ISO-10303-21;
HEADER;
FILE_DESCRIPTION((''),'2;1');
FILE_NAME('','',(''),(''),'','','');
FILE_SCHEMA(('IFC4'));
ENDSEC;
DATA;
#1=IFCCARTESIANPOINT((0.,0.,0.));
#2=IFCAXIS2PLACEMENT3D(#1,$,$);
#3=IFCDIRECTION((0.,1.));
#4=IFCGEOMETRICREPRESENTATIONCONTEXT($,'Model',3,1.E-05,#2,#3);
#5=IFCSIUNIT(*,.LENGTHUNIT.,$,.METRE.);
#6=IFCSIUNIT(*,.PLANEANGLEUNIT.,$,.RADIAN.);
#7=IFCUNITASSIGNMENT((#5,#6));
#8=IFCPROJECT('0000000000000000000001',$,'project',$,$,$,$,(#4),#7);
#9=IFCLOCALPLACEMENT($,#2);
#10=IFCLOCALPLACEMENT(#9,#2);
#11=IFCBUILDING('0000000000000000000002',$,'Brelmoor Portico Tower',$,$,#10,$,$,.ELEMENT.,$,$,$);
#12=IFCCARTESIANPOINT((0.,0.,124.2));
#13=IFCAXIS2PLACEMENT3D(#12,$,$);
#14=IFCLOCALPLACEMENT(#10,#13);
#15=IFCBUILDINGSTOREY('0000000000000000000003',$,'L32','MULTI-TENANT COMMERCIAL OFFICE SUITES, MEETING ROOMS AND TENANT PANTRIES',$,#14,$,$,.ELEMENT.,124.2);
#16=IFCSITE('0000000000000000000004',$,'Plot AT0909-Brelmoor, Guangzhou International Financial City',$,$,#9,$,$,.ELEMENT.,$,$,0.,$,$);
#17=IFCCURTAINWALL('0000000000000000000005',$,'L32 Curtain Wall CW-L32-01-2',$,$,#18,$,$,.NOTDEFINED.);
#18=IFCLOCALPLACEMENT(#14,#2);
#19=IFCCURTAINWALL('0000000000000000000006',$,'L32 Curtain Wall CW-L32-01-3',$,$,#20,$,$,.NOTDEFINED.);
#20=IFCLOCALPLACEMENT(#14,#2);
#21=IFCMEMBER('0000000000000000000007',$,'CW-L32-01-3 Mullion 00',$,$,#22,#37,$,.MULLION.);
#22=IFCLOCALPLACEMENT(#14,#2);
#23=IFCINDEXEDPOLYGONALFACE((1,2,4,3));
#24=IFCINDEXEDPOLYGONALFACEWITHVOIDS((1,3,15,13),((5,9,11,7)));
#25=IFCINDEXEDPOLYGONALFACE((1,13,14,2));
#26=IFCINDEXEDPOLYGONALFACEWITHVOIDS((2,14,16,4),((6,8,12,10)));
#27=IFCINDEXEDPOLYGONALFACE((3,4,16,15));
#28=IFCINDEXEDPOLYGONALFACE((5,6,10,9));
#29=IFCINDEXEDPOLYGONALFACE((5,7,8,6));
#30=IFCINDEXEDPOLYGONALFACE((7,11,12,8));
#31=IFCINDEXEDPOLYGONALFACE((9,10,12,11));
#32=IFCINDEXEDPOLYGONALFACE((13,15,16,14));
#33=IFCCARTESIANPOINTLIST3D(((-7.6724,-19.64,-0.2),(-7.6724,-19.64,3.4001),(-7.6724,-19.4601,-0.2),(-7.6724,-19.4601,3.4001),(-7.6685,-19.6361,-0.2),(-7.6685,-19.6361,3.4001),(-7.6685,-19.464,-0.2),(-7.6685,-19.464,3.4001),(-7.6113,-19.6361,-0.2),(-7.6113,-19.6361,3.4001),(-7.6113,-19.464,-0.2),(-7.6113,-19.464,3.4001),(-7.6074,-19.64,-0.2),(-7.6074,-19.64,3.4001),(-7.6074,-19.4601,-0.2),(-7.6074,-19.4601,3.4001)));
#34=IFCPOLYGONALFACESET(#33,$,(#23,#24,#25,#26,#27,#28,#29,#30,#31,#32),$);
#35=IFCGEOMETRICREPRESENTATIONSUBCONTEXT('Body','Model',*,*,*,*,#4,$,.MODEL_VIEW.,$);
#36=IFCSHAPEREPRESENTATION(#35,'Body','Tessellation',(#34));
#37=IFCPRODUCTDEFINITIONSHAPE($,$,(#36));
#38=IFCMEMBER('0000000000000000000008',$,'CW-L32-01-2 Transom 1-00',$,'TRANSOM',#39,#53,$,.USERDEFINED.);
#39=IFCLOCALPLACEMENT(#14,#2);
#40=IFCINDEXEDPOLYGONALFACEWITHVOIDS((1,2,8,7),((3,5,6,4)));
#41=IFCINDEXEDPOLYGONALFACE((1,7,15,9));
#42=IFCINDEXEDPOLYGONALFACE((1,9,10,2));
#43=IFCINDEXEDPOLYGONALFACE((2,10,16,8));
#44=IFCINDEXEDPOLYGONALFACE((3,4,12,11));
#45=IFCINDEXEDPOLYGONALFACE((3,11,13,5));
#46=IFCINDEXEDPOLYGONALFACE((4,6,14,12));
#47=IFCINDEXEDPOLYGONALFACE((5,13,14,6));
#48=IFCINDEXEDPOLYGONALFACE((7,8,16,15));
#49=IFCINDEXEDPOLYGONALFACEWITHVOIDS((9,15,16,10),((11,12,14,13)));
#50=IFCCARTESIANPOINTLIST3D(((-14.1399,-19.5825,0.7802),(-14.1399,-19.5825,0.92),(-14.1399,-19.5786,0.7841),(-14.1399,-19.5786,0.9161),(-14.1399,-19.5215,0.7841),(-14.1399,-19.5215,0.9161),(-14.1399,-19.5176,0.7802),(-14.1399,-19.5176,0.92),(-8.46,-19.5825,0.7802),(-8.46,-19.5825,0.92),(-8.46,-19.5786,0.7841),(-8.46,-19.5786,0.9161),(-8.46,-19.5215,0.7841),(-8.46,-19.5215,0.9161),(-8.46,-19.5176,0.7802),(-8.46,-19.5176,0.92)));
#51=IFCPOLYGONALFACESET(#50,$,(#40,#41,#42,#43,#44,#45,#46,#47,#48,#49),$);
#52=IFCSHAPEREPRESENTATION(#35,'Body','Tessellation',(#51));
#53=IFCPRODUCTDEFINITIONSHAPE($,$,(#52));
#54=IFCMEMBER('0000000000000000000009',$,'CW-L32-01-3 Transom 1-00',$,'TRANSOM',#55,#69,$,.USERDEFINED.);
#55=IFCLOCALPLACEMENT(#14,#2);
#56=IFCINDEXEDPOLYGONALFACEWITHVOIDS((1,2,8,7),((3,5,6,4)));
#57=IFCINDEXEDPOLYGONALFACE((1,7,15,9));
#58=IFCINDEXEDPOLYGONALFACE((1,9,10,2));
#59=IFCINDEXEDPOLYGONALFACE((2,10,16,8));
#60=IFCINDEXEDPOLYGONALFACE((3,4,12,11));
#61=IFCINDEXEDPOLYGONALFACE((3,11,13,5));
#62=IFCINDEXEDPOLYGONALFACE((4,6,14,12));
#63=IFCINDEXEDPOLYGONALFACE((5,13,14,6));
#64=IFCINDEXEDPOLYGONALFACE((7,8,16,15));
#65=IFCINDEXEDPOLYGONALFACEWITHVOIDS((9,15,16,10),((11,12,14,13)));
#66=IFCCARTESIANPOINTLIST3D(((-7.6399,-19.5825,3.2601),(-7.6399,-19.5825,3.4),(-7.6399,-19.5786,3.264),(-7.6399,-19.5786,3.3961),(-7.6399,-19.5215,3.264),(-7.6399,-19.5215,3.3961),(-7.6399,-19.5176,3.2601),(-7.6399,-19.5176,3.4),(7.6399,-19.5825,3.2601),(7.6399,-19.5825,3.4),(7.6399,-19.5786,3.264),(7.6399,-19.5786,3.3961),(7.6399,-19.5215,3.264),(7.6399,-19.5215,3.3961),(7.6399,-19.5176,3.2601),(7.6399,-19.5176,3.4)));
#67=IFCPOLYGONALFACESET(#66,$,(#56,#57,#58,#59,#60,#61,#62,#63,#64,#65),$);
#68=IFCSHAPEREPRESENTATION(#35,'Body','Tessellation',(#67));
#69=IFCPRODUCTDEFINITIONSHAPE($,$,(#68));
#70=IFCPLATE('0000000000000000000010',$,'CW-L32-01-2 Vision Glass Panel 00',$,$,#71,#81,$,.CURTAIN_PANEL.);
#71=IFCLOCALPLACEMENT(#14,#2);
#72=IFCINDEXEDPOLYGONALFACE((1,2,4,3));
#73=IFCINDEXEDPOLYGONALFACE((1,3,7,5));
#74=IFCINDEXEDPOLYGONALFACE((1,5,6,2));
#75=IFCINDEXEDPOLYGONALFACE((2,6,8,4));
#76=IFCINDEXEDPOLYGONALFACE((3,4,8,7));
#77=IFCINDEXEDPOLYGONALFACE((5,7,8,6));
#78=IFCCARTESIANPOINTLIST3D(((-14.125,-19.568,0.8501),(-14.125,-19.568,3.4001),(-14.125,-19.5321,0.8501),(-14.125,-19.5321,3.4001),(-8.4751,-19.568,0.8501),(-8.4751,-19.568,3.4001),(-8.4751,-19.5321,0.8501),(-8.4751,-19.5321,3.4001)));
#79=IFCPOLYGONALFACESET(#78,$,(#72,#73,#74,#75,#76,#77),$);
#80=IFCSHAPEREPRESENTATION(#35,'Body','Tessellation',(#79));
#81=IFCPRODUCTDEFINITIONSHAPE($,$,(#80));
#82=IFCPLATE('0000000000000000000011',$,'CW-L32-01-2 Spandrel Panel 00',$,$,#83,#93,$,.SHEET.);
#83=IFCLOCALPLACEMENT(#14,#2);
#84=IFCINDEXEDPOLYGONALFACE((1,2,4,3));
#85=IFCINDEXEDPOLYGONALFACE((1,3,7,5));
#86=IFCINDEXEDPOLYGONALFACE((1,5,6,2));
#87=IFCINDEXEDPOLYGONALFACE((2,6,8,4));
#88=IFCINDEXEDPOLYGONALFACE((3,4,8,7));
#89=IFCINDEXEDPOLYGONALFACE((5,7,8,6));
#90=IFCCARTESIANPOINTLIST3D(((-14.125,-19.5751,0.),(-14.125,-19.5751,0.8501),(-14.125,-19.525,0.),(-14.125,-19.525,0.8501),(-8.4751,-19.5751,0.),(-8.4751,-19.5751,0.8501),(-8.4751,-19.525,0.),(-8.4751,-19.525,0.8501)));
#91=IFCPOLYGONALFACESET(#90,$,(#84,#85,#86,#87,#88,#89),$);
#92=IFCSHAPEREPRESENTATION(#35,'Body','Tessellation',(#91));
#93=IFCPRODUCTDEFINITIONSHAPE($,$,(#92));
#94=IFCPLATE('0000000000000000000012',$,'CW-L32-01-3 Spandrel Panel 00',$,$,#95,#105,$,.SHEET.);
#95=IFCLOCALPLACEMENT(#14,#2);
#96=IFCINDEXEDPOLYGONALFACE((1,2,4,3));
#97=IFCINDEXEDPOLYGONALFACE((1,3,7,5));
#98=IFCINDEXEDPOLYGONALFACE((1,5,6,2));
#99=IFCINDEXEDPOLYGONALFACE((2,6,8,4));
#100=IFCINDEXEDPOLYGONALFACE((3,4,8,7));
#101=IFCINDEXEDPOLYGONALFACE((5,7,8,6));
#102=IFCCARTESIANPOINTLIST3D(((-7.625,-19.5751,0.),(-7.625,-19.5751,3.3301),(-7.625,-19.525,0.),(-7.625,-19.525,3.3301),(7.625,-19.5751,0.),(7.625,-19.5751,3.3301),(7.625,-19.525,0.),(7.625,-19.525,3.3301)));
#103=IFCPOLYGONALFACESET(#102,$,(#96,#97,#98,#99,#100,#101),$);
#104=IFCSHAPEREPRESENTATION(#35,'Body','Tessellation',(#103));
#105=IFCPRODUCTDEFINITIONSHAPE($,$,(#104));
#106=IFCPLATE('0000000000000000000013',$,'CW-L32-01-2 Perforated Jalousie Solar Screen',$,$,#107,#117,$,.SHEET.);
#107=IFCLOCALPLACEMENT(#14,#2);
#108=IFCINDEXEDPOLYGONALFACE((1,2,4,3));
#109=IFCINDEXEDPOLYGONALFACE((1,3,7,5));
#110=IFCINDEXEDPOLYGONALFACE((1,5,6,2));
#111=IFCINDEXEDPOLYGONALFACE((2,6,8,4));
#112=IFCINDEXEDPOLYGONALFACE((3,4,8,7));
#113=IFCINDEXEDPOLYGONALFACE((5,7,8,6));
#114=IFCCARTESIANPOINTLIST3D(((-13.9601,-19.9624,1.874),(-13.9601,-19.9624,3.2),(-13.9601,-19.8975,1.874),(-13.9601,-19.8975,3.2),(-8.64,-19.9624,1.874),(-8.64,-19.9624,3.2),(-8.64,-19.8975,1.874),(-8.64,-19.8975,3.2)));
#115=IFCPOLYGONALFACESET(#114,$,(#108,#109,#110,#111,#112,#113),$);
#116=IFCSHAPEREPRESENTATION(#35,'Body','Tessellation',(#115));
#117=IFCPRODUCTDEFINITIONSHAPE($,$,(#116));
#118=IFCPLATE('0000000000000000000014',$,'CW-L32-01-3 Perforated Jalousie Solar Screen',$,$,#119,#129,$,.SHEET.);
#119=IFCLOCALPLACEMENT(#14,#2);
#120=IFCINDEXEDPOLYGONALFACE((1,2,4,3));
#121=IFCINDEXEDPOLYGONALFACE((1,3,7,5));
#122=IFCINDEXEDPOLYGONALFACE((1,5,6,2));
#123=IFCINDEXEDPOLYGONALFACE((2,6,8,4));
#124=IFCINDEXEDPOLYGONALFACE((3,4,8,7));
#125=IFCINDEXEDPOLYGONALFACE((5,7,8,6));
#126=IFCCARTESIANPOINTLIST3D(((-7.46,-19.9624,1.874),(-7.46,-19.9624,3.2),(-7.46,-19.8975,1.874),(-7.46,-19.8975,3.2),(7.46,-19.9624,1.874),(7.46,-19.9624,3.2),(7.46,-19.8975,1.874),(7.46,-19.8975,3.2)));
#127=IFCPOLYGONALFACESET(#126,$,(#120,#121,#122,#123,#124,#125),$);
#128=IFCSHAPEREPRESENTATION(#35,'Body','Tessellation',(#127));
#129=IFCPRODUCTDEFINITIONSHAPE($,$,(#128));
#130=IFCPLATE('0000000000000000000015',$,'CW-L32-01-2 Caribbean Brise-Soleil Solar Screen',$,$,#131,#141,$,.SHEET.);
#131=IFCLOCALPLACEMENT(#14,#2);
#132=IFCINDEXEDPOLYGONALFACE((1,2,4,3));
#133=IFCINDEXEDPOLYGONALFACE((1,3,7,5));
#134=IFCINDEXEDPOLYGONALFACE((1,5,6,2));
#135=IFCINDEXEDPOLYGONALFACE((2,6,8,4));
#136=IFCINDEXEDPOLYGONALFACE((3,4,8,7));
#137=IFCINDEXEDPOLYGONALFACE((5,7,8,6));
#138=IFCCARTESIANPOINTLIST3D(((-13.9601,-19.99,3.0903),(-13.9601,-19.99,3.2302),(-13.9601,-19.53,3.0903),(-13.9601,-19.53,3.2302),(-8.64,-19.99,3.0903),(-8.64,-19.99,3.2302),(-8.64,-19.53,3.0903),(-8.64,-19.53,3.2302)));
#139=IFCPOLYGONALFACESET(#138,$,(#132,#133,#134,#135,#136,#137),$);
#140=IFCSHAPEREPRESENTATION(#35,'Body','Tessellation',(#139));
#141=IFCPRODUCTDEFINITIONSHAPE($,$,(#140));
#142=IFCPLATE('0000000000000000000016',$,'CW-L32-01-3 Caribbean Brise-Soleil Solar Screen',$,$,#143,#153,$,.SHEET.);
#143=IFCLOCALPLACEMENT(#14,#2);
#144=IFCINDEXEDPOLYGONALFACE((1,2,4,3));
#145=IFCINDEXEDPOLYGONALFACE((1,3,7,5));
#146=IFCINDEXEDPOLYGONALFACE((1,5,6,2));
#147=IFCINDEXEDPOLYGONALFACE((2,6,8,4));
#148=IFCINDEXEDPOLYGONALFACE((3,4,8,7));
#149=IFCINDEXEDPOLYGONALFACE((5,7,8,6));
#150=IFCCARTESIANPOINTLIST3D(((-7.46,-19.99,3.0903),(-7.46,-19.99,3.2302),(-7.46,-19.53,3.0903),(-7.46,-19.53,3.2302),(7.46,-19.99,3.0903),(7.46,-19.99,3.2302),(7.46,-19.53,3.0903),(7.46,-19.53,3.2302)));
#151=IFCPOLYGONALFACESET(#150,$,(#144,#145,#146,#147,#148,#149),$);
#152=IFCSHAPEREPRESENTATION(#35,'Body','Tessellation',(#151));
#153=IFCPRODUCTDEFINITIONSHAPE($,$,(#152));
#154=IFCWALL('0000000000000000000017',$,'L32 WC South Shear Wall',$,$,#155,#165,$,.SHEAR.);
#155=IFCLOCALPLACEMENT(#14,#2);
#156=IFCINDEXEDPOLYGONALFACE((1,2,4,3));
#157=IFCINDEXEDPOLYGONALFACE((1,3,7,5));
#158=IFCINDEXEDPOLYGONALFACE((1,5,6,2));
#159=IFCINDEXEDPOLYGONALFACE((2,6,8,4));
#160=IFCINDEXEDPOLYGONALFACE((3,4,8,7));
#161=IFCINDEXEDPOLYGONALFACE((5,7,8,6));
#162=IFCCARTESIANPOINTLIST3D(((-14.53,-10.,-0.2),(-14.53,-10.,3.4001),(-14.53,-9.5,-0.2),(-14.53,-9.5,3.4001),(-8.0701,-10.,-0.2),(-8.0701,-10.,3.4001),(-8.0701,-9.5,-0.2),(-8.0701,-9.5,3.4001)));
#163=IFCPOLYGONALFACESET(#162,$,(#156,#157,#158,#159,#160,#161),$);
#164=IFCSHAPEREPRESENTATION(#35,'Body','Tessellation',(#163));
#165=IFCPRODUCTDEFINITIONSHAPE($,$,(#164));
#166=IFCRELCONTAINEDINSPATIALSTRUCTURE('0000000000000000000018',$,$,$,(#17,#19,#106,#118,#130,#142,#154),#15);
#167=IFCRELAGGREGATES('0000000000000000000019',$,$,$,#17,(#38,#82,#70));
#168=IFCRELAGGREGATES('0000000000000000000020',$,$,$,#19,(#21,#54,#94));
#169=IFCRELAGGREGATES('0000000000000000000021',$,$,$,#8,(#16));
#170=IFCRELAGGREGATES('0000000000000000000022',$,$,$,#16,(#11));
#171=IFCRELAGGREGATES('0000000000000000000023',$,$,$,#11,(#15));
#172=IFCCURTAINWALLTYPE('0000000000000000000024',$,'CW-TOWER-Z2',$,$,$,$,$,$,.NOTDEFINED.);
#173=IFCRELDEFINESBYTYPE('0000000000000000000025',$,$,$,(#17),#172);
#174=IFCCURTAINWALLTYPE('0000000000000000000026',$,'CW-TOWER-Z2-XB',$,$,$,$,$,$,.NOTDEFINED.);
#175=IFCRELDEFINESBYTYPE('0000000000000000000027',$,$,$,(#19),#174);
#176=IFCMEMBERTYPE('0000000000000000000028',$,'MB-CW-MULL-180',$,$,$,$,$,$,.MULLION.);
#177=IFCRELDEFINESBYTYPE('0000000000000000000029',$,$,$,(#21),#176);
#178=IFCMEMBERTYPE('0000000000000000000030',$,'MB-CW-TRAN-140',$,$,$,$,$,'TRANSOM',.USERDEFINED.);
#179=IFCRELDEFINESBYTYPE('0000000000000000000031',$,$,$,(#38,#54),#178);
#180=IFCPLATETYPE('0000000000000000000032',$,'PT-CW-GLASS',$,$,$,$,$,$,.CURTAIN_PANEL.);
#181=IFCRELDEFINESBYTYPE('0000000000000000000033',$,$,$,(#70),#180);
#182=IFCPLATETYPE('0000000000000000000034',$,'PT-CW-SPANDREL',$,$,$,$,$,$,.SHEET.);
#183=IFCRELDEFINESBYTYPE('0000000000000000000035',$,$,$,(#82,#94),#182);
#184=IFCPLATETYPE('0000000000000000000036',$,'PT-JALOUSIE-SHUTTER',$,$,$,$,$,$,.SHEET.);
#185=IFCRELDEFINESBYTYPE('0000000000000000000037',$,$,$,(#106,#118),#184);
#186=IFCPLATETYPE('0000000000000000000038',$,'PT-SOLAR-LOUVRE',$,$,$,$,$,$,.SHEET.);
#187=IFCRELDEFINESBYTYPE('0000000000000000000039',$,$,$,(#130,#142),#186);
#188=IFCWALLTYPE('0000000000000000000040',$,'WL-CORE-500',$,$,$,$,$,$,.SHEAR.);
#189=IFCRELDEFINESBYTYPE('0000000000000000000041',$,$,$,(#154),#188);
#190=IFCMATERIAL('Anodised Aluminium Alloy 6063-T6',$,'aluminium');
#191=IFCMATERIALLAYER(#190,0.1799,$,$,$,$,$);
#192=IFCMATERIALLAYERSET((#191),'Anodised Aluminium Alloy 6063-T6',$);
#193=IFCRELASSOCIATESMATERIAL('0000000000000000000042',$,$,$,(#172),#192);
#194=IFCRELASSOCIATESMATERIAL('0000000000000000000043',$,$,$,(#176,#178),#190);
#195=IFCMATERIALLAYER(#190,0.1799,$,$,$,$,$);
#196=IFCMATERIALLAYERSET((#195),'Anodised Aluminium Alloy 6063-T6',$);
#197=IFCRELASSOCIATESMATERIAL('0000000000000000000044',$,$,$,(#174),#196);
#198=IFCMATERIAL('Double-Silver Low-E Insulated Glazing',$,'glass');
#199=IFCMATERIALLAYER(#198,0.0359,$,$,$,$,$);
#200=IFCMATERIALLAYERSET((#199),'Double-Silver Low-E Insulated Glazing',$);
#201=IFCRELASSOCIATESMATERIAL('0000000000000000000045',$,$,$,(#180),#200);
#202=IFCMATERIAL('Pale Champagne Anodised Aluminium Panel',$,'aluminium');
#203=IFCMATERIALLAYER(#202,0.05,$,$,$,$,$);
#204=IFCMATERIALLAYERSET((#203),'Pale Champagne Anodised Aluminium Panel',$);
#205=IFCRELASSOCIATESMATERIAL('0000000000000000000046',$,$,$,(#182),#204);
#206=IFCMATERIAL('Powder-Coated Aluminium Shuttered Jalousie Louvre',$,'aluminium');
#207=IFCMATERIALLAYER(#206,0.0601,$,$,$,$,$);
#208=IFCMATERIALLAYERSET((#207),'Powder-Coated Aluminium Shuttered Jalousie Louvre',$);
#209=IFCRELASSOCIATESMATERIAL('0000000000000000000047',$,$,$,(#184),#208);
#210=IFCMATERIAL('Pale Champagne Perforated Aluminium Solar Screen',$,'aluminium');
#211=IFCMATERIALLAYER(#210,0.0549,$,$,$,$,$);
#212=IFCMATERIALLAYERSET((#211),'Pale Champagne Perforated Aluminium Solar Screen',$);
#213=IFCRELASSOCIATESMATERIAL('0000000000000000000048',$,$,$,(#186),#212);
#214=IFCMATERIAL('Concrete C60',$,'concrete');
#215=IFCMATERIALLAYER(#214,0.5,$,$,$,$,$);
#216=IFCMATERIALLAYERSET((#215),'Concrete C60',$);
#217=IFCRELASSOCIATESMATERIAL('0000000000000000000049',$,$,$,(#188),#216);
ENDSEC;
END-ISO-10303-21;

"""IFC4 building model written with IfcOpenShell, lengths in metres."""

from ifc_helpers import new_model, si_unit, direction, frame, frame_2d, origin, origin_2d, place, context, subcontext, project, spatial, rectangle, hollow_rectangle, extrude, material, layer, layer_set, material_profile, profile_set, type_object, element, aggregate, save


model = new_model("IFC4")

# Units and contexts
model_context = context("Model", 3, precision=1e-05, world=origin(), true_north=direction((0.0, 1.0)))
body_context = subcontext(model_context, "Body", "Model", "MODEL_VIEW")
ifc_project = project(units=[si_unit("LENGTHUNIT", "METRE"), si_unit("PLANEANGLEUNIT", "RADIAN")], contexts=[model_context])

# Site, building, storey
site_placement = place(None, origin())
site = spatial("IfcSite", under=ifc_project, at=site_placement, Name="Plot AT0909-Brelmoor, Guangzhou International Financial City", CompositionType="ELEMENT", RefElevation=0.0)
building_placement = place(site_placement, origin())
building = spatial("IfcBuilding", under=site, at=building_placement, Name="Brelmoor Portico Tower", CompositionType="ELEMENT")
storey_placement = place(building_placement, frame((0.0, 0.0, 124.2)))
storey = spatial("IfcBuildingStorey", under=building, at=storey_placement, Name="L32", Description="MULTI-TENANT COMMERCIAL OFFICE SUITES, MEETING ROOMS AND TENANT PANTRIES", CompositionType="ELEMENT", Elevation=124.2)

# Curtain wall
ifc_material_1 = material(Name="Anodised Aluminium Alloy 6063-T6", Category="aluminium")
ifc_layer_1 = layer(ifc_material_1, 0.1799)
ifc_layer_set_1 = layer_set([ifc_layer_1], Name="Anodised Aluminium Alloy 6063-T6")
curtain_wall_type_1 = type_object("IfcCurtainWallType", Name="CW-TOWER-Z2", PredefinedType="NOTDEFINED", material=ifc_layer_set_1)
curtain_wall_1_placement = place(storey_placement, origin())
curtain_wall_1 = element("IfcCurtainWall", 1, at=curtain_wall_1_placement, inside=storey, type_object=curtain_wall_type_1, Name="L32 Curtain Wall CW-L32-01-2", PredefinedType="NOTDEFINED")
ifc_material_profile_1 = material_profile(ifc_material_1, hollow_rectangle(XDim=0.0649, YDim=0.1799, WallThickness=0.0039, at=origin_2d()), Name="ALU MULLION 65x180")
ifc_profile_set_1 = profile_set([ifc_material_profile_1], Name="Anodised Aluminium Alloy 6063-T6")
member_type_1 = type_object("IfcMemberType", Name="MB-CW-MULL-180", PredefinedType="MULLION", material=ifc_profile_set_1)

# Curtain wall, member
ifc_layer_2 = layer(ifc_material_1, 0.1799)
ifc_layer_set_2 = layer_set([ifc_layer_2], Name="Anodised Aluminium Alloy 6063-T6")
curtain_wall_type_2 = type_object("IfcCurtainWallType", Name="CW-TOWER-Z2-XB", PredefinedType="NOTDEFINED", material=ifc_layer_set_2)
curtain_wall_2_placement = place(storey_placement, origin())
curtain_wall_2 = element("IfcCurtainWall", 2, at=curtain_wall_2_placement, inside=storey, type_object=curtain_wall_type_2, Name="L32 Curtain Wall CW-L32-01-3", PredefinedType="NOTDEFINED")
member_1_placement = place(storey_placement, frame((-7.6399, -19.55, -0.2), z_axis=(0.0, 0.0, 1.0), x_axis=(1.0, 0.0, 0.0)))
member_1 = element("IfcMember", 3, at=member_1_placement, type_object=member_type_1, Name="CW-L32-01-3 Mullion 00", PredefinedType="MULLION", context=body_context, shape_type="SweptSolid", body=[
    extrude(hollow_rectangle(XDim=0.0649, YDim=0.1799, WallThickness=0.0039, at=origin_2d()), origin(), (0.0, 0.0, 1.0), 3.6001),
])

# Members
ifc_material_profile_2 = material_profile(ifc_material_1, hollow_rectangle(XDim=0.0649, YDim=0.1399, WallThickness=0.0039, at=origin_2d()), Name="ALU TRANSOM 65x140")
ifc_profile_set_2 = profile_set([ifc_material_profile_2], Name="Anodised Aluminium Alloy 6063-T6")
member_type_2 = type_object("IfcMemberType", Name="MB-CW-TRAN-140", ElementType="TRANSOM", PredefinedType="USERDEFINED", material=ifc_profile_set_2)
member_2_placement = place(storey_placement, frame((-14.1399, -19.55, 0.8501), z_axis=(1.0, 0.0, 0.0), x_axis=(0.0, 1.0, 0.0)))
member_2 = element("IfcMember", 4, at=member_2_placement, type_object=member_type_2, Name="CW-L32-01-2 Transom 1-00", ObjectType="TRANSOM", PredefinedType="USERDEFINED", context=body_context, shape_type="SweptSolid", body=[
    extrude(hollow_rectangle(XDim=0.0649, YDim=0.1399, WallThickness=0.0039, at=origin_2d()), origin(), (0.0, 0.0, 1.0), 5.6799),
])
member_3_placement = place(storey_placement, frame((-7.6399, -19.55, 3.3301), z_axis=(1.0, 0.0, 0.0), x_axis=(0.0, 1.0, 0.0)))
member_3 = element("IfcMember", 5, at=member_3_placement, type_object=member_type_2, Name="CW-L32-01-3 Transom 1-00", ObjectType="TRANSOM", PredefinedType="USERDEFINED", context=body_context, shape_type="SweptSolid", body=[
    extrude(hollow_rectangle(XDim=0.0649, YDim=0.1399, WallThickness=0.0039, at=origin_2d()), origin(), (0.0, 0.0, 1.0), 15.2798),
])

# Plates
ifc_material_2 = material(Name="Double-Silver Low-E Insulated Glazing", Category="glass")
ifc_layer_3 = layer(ifc_material_2, 0.0359)
ifc_layer_set_3 = layer_set([ifc_layer_3], Name="Double-Silver Low-E Insulated Glazing")
plate_type_1 = type_object("IfcPlateType", Name="PT-CW-GLASS", PredefinedType="CURTAIN_PANEL", material=ifc_layer_set_3)
plate_1_placement = place(storey_placement, frame((-11.3, -19.55, 0.8501), z_axis=(0.0, 0.0, 1.0), x_axis=(1.0, 0.0, 0.0)))
plate_1 = element("IfcPlate", 6, at=plate_1_placement, type_object=plate_type_1, Name="CW-L32-01-2 Vision Glass Panel 00", PredefinedType="CURTAIN_PANEL", context=body_context, shape_type="SweptSolid", body=[
    extrude(rectangle(XDim=5.6499, YDim=0.0359, at=origin_2d()), origin(), (0.0, 0.0, 1.0), 2.55),
])
ifc_material_3 = material(Name="Pale Champagne Anodised Aluminium Panel", Category="aluminium")
ifc_layer_4 = layer(ifc_material_3, 0.05)
ifc_layer_set_4 = layer_set([ifc_layer_4], Name="Pale Champagne Anodised Aluminium Panel")
plate_type_2 = type_object("IfcPlateType", Name="PT-CW-SPANDREL", PredefinedType="SHEET", material=ifc_layer_set_4)
plate_2_placement = place(storey_placement, frame((-11.3, -19.55, 0.0), z_axis=(0.0, 0.0, 1.0), x_axis=(1.0, 0.0, 0.0)))
plate_2 = element("IfcPlate", 7, at=plate_2_placement, type_object=plate_type_2, Name="CW-L32-01-2 Spandrel Panel 00", PredefinedType="SHEET", context=body_context, shape_type="SweptSolid", body=[
    extrude(rectangle(XDim=5.6499, YDim=0.05, at=origin_2d()), origin(), (0.0, 0.0, 1.0), 0.8501),
])
aggregate(curtain_wall_1, [member_2, plate_2, plate_1])
plate_3_placement = place(storey_placement, frame((0.0, -19.55, 0.0), z_axis=(0.0, 0.0, 1.0), x_axis=(1.0, 0.0, 0.0)))
plate_3 = element("IfcPlate", 8, at=plate_3_placement, type_object=plate_type_2, Name="CW-L32-01-3 Spandrel Panel 00", PredefinedType="SHEET", context=body_context, shape_type="SweptSolid", body=[
    extrude(rectangle(XDim=15.25, YDim=0.05, at=origin_2d()), origin(), (0.0, 0.0, 1.0), 3.3301),
])
aggregate(curtain_wall_2, [member_1, member_3, plate_3])

# Plates
ifc_material_4 = material(Name="Powder-Coated Aluminium Shuttered Jalousie Louvre", Category="aluminium")
ifc_layer_5 = layer(ifc_material_4, 0.0601)
ifc_layer_set_5 = layer_set([ifc_layer_5], Name="Powder-Coated Aluminium Shuttered Jalousie Louvre")
plate_type_3 = type_object("IfcPlateType", Name="PT-JALOUSIE-SHUTTER", PredefinedType="SHEET", material=ifc_layer_set_5)
plate_4_placement = place(storey_placement, frame((-11.3, -19.9299, 1.874), z_axis=(0.0, 0.0, 1.0), x_axis=(1.0, 0.0, 0.0)))
element("IfcPlate", 9, at=plate_4_placement, inside=storey, type_object=plate_type_3, Name="CW-L32-01-2 Perforated Jalousie Solar Screen", PredefinedType="SHEET", context=body_context, shape_type="SweptSolid", body=[
    extrude(rectangle(XDim=5.3201, YDim=0.0649, at=origin_2d()), origin(), (0.0, 0.0, 1.0), 1.3259),
])
plate_5_placement = place(storey_placement, frame((0.0, -19.9299, 1.874), z_axis=(0.0, 0.0, 1.0), x_axis=(1.0, 0.0, 0.0)))
element("IfcPlate", 10, at=plate_5_placement, inside=storey, type_object=plate_type_3, Name="CW-L32-01-3 Perforated Jalousie Solar Screen", PredefinedType="SHEET", context=body_context, shape_type="SweptSolid", body=[
    extrude(rectangle(XDim=14.9199, YDim=0.0649, at=origin_2d()), origin(), (0.0, 0.0, 1.0), 1.3259),
])
ifc_material_5 = material(Name="Pale Champagne Perforated Aluminium Solar Screen", Category="aluminium")
ifc_layer_6 = layer(ifc_material_5, 0.0549)
ifc_layer_set_6 = layer_set([ifc_layer_6], Name="Pale Champagne Perforated Aluminium Solar Screen")
plate_type_4 = type_object("IfcPlateType", Name="PT-SOLAR-LOUVRE", PredefinedType="SHEET", material=ifc_layer_set_6)
plate_6_placement = place(storey_placement, frame((-11.3, -19.76, 3.0903), z_axis=(0.0, 0.0, 1.0), x_axis=(1.0, 0.0, 0.0)))
element("IfcPlate", 11, at=plate_6_placement, inside=storey, type_object=plate_type_4, Name="CW-L32-01-2 Caribbean Brise-Soleil Solar Screen", PredefinedType="SHEET", context=body_context, shape_type="SweptSolid", body=[
    extrude(rectangle(XDim=5.3201, YDim=0.46, at=origin_2d()), origin(), (0.0, 0.0, 1.0), 0.1399),
])
plate_7_placement = place(storey_placement, frame((0.0, -19.76, 3.0903), z_axis=(0.0, 0.0, 1.0), x_axis=(1.0, 0.0, 0.0)))
element("IfcPlate", 12, at=plate_7_placement, inside=storey, type_object=plate_type_4, Name="CW-L32-01-3 Caribbean Brise-Soleil Solar Screen", PredefinedType="SHEET", context=body_context, shape_type="SweptSolid", body=[
    extrude(rectangle(XDim=14.9199, YDim=0.46, at=origin_2d()), origin(), (0.0, 0.0, 1.0), 0.1399),
])

# Wall
ifc_material_6 = material(Name="Concrete C60", Category="concrete")
ifc_layer_7 = layer(ifc_material_6, 0.5)
ifc_layer_set_7 = layer_set([ifc_layer_7], Name="Concrete C60")
wall_type_1 = type_object("IfcWallType", Name="WL-CORE-500", PredefinedType="SHEAR", material=ifc_layer_set_7)
wall_1_placement = place(storey_placement, frame((-14.53, -9.75, -0.2), z_axis=(0.0, 0.0, 1.0), x_axis=(1.0, 0.0, 0.0)))
element("IfcWall", 13, at=wall_1_placement, inside=storey, type_object=wall_type_1, Name="L32 WC South Shear Wall", PredefinedType="SHEAR", context=body_context, shape_type="SweptSolid", body=[
    extrude(rectangle(XDim=6.46, YDim=0.5, at=frame_2d((3.23, 0.0))), origin(), (0.0, 0.0, 1.0), 3.6001),
])

save(model, "model.ifc")
